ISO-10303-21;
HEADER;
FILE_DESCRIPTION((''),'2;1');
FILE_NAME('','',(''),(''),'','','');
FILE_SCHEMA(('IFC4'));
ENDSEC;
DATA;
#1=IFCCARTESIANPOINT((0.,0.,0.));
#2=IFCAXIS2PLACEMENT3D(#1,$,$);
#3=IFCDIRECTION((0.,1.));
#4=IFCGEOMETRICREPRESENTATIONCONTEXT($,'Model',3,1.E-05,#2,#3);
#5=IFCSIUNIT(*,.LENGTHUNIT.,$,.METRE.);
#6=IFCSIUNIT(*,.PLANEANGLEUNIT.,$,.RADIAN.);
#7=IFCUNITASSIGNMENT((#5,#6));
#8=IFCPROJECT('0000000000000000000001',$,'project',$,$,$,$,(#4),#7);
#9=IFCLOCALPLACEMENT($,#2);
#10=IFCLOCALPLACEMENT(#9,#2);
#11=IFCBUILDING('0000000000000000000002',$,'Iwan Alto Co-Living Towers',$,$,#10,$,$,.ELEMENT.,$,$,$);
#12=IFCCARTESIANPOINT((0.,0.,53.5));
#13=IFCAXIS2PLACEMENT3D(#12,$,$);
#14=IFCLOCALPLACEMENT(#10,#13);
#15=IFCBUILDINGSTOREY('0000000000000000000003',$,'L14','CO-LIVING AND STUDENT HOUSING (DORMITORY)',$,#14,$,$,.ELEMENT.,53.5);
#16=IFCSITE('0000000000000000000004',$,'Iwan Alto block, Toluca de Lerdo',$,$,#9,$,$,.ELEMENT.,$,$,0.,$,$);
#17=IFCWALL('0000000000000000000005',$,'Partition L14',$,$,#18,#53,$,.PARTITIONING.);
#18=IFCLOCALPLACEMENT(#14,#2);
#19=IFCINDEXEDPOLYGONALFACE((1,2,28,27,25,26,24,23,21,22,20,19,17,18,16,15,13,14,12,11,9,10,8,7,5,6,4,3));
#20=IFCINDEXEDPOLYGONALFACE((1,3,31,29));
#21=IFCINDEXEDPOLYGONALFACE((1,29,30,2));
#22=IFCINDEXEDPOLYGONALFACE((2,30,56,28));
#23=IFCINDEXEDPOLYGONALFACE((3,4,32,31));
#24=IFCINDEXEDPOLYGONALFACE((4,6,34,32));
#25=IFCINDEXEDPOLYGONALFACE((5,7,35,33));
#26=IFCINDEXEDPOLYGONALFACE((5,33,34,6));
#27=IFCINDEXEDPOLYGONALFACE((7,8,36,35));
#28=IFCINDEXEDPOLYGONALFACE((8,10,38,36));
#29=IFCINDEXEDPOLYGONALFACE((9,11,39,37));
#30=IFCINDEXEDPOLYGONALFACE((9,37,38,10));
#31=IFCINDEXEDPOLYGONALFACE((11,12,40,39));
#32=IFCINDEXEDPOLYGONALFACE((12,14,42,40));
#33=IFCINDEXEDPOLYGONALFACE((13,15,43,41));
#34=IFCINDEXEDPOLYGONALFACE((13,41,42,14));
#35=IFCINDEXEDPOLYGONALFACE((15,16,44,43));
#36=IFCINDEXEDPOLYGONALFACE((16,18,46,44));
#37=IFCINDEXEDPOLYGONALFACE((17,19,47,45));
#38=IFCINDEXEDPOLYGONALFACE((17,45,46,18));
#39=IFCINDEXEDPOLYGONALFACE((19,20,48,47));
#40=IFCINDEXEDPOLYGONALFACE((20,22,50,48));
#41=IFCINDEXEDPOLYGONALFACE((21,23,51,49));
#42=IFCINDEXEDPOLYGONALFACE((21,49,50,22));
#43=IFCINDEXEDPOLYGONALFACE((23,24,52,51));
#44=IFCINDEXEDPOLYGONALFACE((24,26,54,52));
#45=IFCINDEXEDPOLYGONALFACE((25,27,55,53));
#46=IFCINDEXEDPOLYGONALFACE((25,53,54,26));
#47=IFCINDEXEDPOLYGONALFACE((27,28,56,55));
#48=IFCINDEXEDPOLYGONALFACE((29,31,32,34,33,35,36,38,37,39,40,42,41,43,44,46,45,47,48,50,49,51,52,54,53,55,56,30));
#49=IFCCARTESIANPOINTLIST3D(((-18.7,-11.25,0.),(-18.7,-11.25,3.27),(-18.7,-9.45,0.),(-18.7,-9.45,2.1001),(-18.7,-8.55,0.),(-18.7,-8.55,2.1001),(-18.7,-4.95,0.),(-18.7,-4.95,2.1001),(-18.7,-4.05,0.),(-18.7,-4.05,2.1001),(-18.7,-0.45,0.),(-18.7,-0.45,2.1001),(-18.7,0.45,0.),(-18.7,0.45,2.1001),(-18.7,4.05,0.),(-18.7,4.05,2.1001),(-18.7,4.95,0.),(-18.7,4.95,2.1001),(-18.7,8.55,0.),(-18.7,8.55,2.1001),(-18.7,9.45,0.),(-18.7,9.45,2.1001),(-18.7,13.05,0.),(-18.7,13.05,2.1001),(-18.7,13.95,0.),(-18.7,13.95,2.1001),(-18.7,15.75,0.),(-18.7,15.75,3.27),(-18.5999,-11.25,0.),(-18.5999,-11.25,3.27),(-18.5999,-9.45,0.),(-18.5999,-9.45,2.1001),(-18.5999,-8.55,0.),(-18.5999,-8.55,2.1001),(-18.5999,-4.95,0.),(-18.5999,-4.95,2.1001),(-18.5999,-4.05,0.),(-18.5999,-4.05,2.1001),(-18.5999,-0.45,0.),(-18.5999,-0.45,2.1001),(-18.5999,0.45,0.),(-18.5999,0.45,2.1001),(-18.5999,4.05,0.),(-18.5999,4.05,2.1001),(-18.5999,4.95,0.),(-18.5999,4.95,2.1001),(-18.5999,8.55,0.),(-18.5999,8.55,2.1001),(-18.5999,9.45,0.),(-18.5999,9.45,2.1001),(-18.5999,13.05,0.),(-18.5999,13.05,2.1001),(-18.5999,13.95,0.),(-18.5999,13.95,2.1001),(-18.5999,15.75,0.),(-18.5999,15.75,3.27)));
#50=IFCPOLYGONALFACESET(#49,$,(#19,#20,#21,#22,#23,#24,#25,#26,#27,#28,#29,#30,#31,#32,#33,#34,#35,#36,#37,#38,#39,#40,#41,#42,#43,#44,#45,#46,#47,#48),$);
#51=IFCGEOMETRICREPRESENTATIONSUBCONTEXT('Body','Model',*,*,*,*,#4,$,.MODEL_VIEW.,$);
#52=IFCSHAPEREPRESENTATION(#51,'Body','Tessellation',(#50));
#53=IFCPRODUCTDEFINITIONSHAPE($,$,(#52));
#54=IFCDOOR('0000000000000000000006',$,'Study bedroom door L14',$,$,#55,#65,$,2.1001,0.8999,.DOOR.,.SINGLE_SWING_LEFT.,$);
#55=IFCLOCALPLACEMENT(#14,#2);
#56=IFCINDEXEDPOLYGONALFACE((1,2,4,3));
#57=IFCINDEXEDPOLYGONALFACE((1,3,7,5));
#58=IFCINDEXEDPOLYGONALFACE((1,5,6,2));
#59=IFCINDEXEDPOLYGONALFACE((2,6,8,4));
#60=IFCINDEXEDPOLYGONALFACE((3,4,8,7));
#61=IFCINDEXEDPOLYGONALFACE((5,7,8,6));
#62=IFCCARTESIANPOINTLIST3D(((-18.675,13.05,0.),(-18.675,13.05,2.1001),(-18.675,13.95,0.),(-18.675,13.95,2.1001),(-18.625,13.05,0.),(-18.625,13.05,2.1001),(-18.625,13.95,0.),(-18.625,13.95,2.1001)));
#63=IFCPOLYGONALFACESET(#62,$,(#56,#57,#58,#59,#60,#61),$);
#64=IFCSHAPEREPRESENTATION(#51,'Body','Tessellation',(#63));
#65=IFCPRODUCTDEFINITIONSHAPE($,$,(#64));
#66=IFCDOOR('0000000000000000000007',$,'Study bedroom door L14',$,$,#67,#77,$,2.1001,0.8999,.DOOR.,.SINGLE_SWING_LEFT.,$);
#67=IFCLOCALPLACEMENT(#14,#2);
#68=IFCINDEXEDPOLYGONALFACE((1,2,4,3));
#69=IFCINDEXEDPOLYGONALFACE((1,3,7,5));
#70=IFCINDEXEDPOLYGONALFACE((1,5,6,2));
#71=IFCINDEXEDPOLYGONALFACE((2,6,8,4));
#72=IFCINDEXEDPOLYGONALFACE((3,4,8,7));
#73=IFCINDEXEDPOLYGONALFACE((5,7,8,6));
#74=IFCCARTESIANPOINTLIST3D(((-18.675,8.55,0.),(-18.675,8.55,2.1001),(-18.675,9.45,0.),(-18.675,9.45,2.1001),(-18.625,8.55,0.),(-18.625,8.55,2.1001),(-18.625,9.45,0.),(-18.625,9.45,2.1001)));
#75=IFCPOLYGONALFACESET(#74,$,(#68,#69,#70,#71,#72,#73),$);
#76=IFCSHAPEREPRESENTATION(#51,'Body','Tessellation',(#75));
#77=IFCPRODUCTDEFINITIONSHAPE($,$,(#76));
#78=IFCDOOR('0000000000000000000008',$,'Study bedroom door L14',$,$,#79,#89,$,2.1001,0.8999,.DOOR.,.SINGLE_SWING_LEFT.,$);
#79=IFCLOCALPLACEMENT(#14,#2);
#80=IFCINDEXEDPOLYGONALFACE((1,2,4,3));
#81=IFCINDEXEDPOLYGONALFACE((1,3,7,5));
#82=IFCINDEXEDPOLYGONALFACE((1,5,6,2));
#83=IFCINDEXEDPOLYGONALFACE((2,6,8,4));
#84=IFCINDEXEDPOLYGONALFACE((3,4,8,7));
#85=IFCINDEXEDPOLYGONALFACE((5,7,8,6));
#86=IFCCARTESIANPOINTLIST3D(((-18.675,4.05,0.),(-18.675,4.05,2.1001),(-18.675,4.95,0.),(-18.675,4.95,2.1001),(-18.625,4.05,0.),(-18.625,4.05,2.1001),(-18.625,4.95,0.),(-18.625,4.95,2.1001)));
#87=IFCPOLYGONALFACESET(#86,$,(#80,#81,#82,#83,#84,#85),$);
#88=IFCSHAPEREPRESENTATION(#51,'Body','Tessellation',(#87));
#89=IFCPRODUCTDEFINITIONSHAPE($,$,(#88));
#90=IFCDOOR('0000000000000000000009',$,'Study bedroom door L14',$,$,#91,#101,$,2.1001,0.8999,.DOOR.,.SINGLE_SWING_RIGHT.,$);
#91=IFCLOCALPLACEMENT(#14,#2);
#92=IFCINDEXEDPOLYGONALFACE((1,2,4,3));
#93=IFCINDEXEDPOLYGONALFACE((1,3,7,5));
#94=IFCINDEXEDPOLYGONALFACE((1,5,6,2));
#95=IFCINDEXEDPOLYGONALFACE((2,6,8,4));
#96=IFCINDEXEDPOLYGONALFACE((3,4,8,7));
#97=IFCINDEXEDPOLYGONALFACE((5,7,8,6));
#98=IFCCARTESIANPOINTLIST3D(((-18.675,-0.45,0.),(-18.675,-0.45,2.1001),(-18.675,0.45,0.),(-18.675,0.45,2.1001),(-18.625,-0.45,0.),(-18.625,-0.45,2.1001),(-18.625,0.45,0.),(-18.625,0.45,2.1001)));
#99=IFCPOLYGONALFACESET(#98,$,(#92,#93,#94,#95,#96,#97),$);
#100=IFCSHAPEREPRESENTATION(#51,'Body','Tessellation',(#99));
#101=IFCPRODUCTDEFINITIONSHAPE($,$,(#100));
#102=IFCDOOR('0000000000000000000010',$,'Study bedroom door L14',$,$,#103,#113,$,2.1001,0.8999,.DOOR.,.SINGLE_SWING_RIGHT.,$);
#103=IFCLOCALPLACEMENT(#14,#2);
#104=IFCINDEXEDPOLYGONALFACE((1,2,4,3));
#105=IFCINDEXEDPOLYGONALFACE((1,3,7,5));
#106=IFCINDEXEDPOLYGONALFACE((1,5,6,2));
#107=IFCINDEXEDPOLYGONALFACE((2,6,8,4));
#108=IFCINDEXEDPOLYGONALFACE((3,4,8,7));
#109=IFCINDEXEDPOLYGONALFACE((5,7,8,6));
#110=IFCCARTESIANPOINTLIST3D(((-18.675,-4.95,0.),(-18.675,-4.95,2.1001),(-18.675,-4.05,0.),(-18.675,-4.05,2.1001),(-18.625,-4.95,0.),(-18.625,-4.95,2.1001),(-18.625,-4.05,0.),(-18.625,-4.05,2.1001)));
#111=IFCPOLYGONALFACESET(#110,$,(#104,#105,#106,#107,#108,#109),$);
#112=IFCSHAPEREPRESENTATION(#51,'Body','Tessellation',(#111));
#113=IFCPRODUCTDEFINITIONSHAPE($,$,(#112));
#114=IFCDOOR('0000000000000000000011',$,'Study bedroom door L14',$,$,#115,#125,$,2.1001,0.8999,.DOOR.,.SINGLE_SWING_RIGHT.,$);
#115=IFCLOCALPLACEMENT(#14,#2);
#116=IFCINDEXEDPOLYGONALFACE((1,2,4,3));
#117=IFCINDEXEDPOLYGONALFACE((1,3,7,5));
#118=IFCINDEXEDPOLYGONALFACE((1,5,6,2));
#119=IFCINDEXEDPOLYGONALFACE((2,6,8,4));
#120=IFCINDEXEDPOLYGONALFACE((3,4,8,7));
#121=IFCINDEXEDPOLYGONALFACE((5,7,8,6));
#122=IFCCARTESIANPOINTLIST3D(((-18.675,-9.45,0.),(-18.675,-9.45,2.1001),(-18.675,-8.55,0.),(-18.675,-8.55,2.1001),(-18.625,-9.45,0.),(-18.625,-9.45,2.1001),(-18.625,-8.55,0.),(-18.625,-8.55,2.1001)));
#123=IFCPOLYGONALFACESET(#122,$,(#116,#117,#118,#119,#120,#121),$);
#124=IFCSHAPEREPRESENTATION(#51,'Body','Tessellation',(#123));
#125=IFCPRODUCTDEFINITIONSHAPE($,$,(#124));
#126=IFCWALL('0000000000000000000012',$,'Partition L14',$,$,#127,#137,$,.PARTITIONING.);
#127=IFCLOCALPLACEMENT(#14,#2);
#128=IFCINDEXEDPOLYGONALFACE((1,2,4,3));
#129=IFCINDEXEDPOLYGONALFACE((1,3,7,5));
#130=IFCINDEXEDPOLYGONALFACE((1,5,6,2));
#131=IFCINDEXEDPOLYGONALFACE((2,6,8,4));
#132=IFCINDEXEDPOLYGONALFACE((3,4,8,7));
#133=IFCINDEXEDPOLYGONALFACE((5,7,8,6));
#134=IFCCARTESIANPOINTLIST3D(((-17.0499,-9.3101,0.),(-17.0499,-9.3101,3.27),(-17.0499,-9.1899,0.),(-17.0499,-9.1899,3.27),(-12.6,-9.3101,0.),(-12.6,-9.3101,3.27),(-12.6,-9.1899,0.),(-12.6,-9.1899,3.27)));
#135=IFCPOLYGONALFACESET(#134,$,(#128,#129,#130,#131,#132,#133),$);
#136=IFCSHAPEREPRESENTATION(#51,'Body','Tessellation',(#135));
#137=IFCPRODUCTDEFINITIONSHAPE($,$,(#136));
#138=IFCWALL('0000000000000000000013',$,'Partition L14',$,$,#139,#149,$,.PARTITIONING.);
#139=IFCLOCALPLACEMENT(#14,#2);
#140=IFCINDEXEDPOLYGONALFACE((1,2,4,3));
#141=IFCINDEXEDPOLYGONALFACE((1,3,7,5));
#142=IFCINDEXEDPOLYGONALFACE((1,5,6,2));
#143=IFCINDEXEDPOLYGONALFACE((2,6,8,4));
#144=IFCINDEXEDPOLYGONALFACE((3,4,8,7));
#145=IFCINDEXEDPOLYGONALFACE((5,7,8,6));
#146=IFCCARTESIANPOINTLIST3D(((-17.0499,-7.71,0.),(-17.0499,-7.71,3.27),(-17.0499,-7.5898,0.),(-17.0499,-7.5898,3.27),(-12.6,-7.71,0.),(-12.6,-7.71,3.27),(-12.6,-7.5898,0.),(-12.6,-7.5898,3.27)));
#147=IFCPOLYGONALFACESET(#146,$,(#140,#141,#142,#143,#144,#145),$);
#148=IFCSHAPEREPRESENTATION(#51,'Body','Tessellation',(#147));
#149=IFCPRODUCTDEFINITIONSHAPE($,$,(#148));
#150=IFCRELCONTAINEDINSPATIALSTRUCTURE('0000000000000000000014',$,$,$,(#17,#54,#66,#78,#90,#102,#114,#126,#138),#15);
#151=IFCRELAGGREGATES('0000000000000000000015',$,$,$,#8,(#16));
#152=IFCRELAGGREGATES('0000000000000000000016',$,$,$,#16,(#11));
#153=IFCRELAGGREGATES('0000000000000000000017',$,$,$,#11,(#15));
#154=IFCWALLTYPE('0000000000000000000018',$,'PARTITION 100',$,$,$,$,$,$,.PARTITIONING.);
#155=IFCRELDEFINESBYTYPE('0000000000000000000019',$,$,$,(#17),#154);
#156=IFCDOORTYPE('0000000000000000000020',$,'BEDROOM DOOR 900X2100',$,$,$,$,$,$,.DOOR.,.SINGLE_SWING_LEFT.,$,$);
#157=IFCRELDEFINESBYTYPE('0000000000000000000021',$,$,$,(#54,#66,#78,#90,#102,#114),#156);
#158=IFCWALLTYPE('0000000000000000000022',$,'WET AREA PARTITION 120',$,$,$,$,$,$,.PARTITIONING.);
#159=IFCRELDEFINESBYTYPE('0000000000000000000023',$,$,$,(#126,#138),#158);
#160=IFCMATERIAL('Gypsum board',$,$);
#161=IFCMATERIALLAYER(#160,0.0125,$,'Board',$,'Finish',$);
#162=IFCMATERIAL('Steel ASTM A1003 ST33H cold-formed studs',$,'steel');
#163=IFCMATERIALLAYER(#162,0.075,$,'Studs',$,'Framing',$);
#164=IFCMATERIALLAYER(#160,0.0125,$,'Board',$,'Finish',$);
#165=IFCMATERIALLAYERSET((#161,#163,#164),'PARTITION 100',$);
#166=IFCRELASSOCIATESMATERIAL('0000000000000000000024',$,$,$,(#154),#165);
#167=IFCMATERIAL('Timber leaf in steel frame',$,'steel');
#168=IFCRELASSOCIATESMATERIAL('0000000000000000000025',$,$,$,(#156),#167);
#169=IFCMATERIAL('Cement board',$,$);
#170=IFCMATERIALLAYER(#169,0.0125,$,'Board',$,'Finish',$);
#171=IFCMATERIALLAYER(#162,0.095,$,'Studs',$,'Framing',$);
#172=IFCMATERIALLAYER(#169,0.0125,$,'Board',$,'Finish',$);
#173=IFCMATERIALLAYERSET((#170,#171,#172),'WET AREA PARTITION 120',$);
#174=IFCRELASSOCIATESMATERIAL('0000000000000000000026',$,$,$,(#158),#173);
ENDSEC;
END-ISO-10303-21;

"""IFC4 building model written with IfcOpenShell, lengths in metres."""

from ifc_helpers import new_model, si_unit, direction, frame, frame_2d, origin, place, context, subcontext, project, spatial, rectangle, extrude, material, layer, layer_set, type_object, element, fill, save


model = new_model("IFC4")

# Units and contexts
model_context = context("Model", 3, precision=1e-05, world=origin(), true_north=direction((0.0, 1.0)))
body_context = subcontext(model_context, "Body", "Model", "MODEL_VIEW")
ifc_project = project(units=[si_unit("LENGTHUNIT", "METRE"), si_unit("PLANEANGLEUNIT", "RADIAN")], contexts=[model_context])

# Site, building, storey
site_placement = place(None, origin())
site = spatial("IfcSite", under=ifc_project, at=site_placement, Name="Iwan Alto block, Toluca de Lerdo", CompositionType="ELEMENT", RefElevation=0.0)
building_placement = place(site_placement, origin())
building = spatial("IfcBuilding", under=site, at=building_placement, Name="Iwan Alto Co-Living Towers", CompositionType="ELEMENT")
storey_placement = place(building_placement, frame((0.0, 0.0, 53.5)))
storey = spatial("IfcBuildingStorey", under=building, at=storey_placement, Name="L14", Description="CO-LIVING AND STUDENT HOUSING (DORMITORY)", CompositionType="ELEMENT", Elevation=53.5)

# Shared definitions
ifc_material_1 = material(Name="Gypsum board")
ifc_layer_1 = layer(ifc_material_1, 0.0125, Name="Board", Category="Finish")
ifc_material_2 = material(Name="Steel ASTM A1003 ST33H cold-formed studs", Category="steel")
ifc_layer_2 = layer(ifc_material_2, 0.075, Name="Studs", Category="Framing")
ifc_layer_3 = layer(ifc_material_1, 0.0125, Name="Board", Category="Finish")
ifc_layer_set_1 = layer_set([ifc_layer_1, ifc_layer_2, ifc_layer_3], Name="PARTITION 100")
wall_type_1 = type_object("IfcWallType", Name="PARTITION 100", PredefinedType="PARTITIONING", material=ifc_layer_set_1)

# Wall, openings, doors
wall_1_placement = place(storey_placement, frame((-18.6499, -11.25, 0.0), z_axis=(0.0, 0.0, 1.0), x_axis=(0.0, 1.0, 0.0)))
wall_1 = element("IfcWall", 1, at=wall_1_placement, inside=storey, type_object=wall_type_1, Name="Partition L14", PredefinedType="PARTITIONING", context=body_context, shape_type="SweptSolid", body=[
    extrude(rectangle(XDim=27.0, YDim=0.1001, at=frame_2d((13.5, 0.0))), origin(), (0.0, 0.0, 1.0), 3.27),
])
opening_1_placement = place(wall_1_placement, frame((24.3, 0.0, 0.0)))
opening_1 = element("IfcOpeningElement", 2, at=opening_1_placement, cuts=wall_1, PredefinedType="OPENING", context=body_context, shape_type="SweptSolid", body=[
    extrude(rectangle(XDim=0.8999, YDim=2.1001, at=frame_2d((0.45, 1.05))), frame((0.0, 0.0601, 0.0), z_axis=(0.0, -1.0, 0.0), x_axis=(1.0, 0.0, 0.0)), (0.0, 0.0, 1.0), 0.1201),
])
opening_2_placement = place(wall_1_placement, frame((19.8, 0.0, 0.0)))
opening_2 = element("IfcOpeningElement", 3, at=opening_2_placement, cuts=wall_1, PredefinedType="OPENING", context=body_context, shape_type="SweptSolid", body=[
    extrude(rectangle(XDim=0.8999, YDim=2.1001, at=frame_2d((0.45, 1.05))), frame((0.0, 0.0601, 0.0), z_axis=(0.0, -1.0, 0.0), x_axis=(1.0, 0.0, 0.0)), (0.0, 0.0, 1.0), 0.1201),
])
opening_3_placement = place(wall_1_placement, frame((15.3, 0.0, 0.0)))
opening_3 = element("IfcOpeningElement", 4, at=opening_3_placement, cuts=wall_1, PredefinedType="OPENING", context=body_context, shape_type="SweptSolid", body=[
    extrude(rectangle(XDim=0.8999, YDim=2.1001, at=frame_2d((0.45, 1.05))), frame((0.0, 0.0601, 0.0), z_axis=(0.0, -1.0, 0.0), x_axis=(1.0, 0.0, 0.0)), (0.0, 0.0, 1.0), 0.1201),
])
opening_4_placement = place(wall_1_placement, frame((10.8, 0.0, 0.0)))
opening_4 = element("IfcOpeningElement", 5, at=opening_4_placement, cuts=wall_1, PredefinedType="OPENING", context=body_context, shape_type="SweptSolid", body=[
    extrude(rectangle(XDim=0.8999, YDim=2.1001, at=frame_2d((0.45, 1.05))), frame((0.0, 0.0601, 0.0), z_axis=(0.0, -1.0, 0.0), x_axis=(1.0, 0.0, 0.0)), (0.0, 0.0, 1.0), 0.1201),
])
opening_5_placement = place(wall_1_placement, frame((6.3, 0.0, 0.0)))
opening_5 = element("IfcOpeningElement", 6, at=opening_5_placement, cuts=wall_1, PredefinedType="OPENING", context=body_context, shape_type="SweptSolid", body=[
    extrude(rectangle(XDim=0.8999, YDim=2.1001, at=frame_2d((0.45, 1.05))), frame((0.0, 0.0601, 0.0), z_axis=(0.0, -1.0, 0.0), x_axis=(1.0, 0.0, 0.0)), (0.0, 0.0, 1.0), 0.1201),
])
opening_6_placement = place(wall_1_placement, frame((1.8, 0.0, 0.0)))
opening_6 = element("IfcOpeningElement", 7, at=opening_6_placement, cuts=wall_1, PredefinedType="OPENING", context=body_context, shape_type="SweptSolid", body=[
    extrude(rectangle(XDim=0.8999, YDim=2.1001, at=frame_2d((0.45, 1.05))), frame((0.0, 0.0601, 0.0), z_axis=(0.0, -1.0, 0.0), x_axis=(1.0, 0.0, 0.0)), (0.0, 0.0, 1.0), 0.1201),
])
ifc_material_3 = material(Name="Timber leaf in steel frame", Category="steel")
door_type_1 = type_object("IfcDoorType", Name="BEDROOM DOOR 900X2100", OperationType="SINGLE_SWING_LEFT", PredefinedType="DOOR", material=ifc_material_3)
door_1_placement = place(opening_1_placement, frame((0.8999, 0.0, 0.0), z_axis=(0.0, 0.0, 1.0), x_axis=(-1.0, 0.0, 0.0)))
door_1 = element("IfcDoor", 8, at=door_1_placement, inside=storey, type_object=door_type_1, Name="Study bedroom door L14", OperationType="SINGLE_SWING_LEFT", OverallHeight=2.1001, OverallWidth=0.8999, PredefinedType="DOOR", context=body_context, shape_type="SweptSolid", body=[
    extrude(rectangle(XDim=0.8999, YDim=2.1001, at=frame_2d((0.45, 1.05))), frame((0.0, 0.0249, 0.0), z_axis=(0.0, -1.0, 0.0), x_axis=(1.0, 0.0, 0.0)), (0.0, 0.0, 1.0), 0.05),
])
fill(opening_1, door_1)
door_2_placement = place(opening_2_placement, frame((0.8999, 0.0, 0.0), z_axis=(0.0, 0.0, 1.0), x_axis=(-1.0, 0.0, 0.0)))
door_2 = element("IfcDoor", 9, at=door_2_placement, inside=storey, type_object=door_type_1, Name="Study bedroom door L14", OperationType="SINGLE_SWING_LEFT", OverallHeight=2.1001, OverallWidth=0.8999, PredefinedType="DOOR", context=body_context, shape_type="SweptSolid", body=[
    extrude(rectangle(XDim=0.8999, YDim=2.1001, at=frame_2d((0.45, 1.05))), frame((0.0, 0.0249, 0.0), z_axis=(0.0, -1.0, 0.0), x_axis=(1.0, 0.0, 0.0)), (0.0, 0.0, 1.0), 0.05),
])
fill(opening_2, door_2)
door_3_placement = place(opening_3_placement, frame((0.8999, 0.0, 0.0), z_axis=(0.0, 0.0, 1.0), x_axis=(-1.0, 0.0, 0.0)))
door_3 = element("IfcDoor", 10, at=door_3_placement, inside=storey, type_object=door_type_1, Name="Study bedroom door L14", OperationType="SINGLE_SWING_LEFT", OverallHeight=2.1001, OverallWidth=0.8999, PredefinedType="DOOR", context=body_context, shape_type="SweptSolid", body=[
    extrude(rectangle(XDim=0.8999, YDim=2.1001, at=frame_2d((0.45, 1.05))), frame((0.0, 0.0249, 0.0), z_axis=(0.0, -1.0, 0.0), x_axis=(1.0, 0.0, 0.0)), (0.0, 0.0, 1.0), 0.05),
])
fill(opening_3, door_3)
door_4_placement = place(opening_4_placement, frame((0.8999, 0.0, 0.0), z_axis=(0.0, 0.0, 1.0), x_axis=(-1.0, 0.0, 0.0)))
door_4 = element("IfcDoor", 11, at=door_4_placement, inside=storey, type_object=door_type_1, Name="Study bedroom door L14", OperationType="SINGLE_SWING_RIGHT", OverallHeight=2.1001, OverallWidth=0.8999, PredefinedType="DOOR", context=body_context, shape_type="SweptSolid", body=[
    extrude(rectangle(XDim=0.8999, YDim=2.1001, at=frame_2d((0.45, 1.05))), frame((0.0, 0.0249, 0.0), z_axis=(0.0, -1.0, 0.0), x_axis=(1.0, 0.0, 0.0)), (0.0, 0.0, 1.0), 0.05),
])
fill(opening_4, door_4)
door_5_placement = place(opening_5_placement, frame((0.8999, 0.0, 0.0), z_axis=(0.0, 0.0, 1.0), x_axis=(-1.0, 0.0, 0.0)))
door_5 = element("IfcDoor", 12, at=door_5_placement, inside=storey, type_object=door_type_1, Name="Study bedroom door L14", OperationType="SINGLE_SWING_RIGHT", OverallHeight=2.1001, OverallWidth=0.8999, PredefinedType="DOOR", context=body_context, shape_type="SweptSolid", body=[
    extrude(rectangle(XDim=0.8999, YDim=2.1001, at=frame_2d((0.45, 1.05))), frame((0.0, 0.0249, 0.0), z_axis=(0.0, -1.0, 0.0), x_axis=(1.0, 0.0, 0.0)), (0.0, 0.0, 1.0), 0.05),
])
fill(opening_5, door_5)
door_6_placement = place(opening_6_placement, frame((0.8999, 0.0, 0.0), z_axis=(0.0, 0.0, 1.0), x_axis=(-1.0, 0.0, 0.0)))
door_6 = element("IfcDoor", 13, at=door_6_placement, inside=storey, type_object=door_type_1, Name="Study bedroom door L14", OperationType="SINGLE_SWING_RIGHT", OverallHeight=2.1001, OverallWidth=0.8999, PredefinedType="DOOR", context=body_context, shape_type="SweptSolid", body=[
    extrude(rectangle(XDim=0.8999, YDim=2.1001, at=frame_2d((0.45, 1.05))), frame((0.0, 0.0249, 0.0), z_axis=(0.0, -1.0, 0.0), x_axis=(1.0, 0.0, 0.0)), (0.0, 0.0, 1.0), 0.05),
])
fill(opening_6, door_6)

# Walls
ifc_material_4 = material(Name="Cement board")
ifc_layer_4 = layer(ifc_material_4, 0.0125, Name="Board", Category="Finish")
ifc_layer_5 = layer(ifc_material_2, 0.095, Name="Studs", Category="Framing")
ifc_layer_6 = layer(ifc_material_4, 0.0125, Name="Board", Category="Finish")
ifc_layer_set_2 = layer_set([ifc_layer_4, ifc_layer_5, ifc_layer_6], Name="WET AREA PARTITION 120")
wall_type_2 = type_object("IfcWallType", Name="WET AREA PARTITION 120", PredefinedType="PARTITIONING", material=ifc_layer_set_2)
for number, where, z_axis, x_axis, name in (
    (14, (-17.05, -9.25, 0.0), (0.0, 0.0, 1.0), (1.0, 0.0, 0.0), "Partition L14"),
    (15, (-17.05, -7.6499, 0.0), (0.0, 0.0, 1.0), (1.0, 0.0, 0.0), "Partition L14"),
):
    element("IfcWall", number, at=place(storey_placement, frame(where, z_axis=z_axis, x_axis=x_axis)), inside=storey, type_object=wall_type_2, Name=name, PredefinedType="PARTITIONING", context=body_context, shape_type="SweptSolid", body=[
        extrude(rectangle(XDim=4.45, YDim=0.1201, at=frame_2d((2.2251, 0.0))), origin(), (0.0, 0.0, 1.0), 3.27),
    ])

save(model, "model.ifc")
